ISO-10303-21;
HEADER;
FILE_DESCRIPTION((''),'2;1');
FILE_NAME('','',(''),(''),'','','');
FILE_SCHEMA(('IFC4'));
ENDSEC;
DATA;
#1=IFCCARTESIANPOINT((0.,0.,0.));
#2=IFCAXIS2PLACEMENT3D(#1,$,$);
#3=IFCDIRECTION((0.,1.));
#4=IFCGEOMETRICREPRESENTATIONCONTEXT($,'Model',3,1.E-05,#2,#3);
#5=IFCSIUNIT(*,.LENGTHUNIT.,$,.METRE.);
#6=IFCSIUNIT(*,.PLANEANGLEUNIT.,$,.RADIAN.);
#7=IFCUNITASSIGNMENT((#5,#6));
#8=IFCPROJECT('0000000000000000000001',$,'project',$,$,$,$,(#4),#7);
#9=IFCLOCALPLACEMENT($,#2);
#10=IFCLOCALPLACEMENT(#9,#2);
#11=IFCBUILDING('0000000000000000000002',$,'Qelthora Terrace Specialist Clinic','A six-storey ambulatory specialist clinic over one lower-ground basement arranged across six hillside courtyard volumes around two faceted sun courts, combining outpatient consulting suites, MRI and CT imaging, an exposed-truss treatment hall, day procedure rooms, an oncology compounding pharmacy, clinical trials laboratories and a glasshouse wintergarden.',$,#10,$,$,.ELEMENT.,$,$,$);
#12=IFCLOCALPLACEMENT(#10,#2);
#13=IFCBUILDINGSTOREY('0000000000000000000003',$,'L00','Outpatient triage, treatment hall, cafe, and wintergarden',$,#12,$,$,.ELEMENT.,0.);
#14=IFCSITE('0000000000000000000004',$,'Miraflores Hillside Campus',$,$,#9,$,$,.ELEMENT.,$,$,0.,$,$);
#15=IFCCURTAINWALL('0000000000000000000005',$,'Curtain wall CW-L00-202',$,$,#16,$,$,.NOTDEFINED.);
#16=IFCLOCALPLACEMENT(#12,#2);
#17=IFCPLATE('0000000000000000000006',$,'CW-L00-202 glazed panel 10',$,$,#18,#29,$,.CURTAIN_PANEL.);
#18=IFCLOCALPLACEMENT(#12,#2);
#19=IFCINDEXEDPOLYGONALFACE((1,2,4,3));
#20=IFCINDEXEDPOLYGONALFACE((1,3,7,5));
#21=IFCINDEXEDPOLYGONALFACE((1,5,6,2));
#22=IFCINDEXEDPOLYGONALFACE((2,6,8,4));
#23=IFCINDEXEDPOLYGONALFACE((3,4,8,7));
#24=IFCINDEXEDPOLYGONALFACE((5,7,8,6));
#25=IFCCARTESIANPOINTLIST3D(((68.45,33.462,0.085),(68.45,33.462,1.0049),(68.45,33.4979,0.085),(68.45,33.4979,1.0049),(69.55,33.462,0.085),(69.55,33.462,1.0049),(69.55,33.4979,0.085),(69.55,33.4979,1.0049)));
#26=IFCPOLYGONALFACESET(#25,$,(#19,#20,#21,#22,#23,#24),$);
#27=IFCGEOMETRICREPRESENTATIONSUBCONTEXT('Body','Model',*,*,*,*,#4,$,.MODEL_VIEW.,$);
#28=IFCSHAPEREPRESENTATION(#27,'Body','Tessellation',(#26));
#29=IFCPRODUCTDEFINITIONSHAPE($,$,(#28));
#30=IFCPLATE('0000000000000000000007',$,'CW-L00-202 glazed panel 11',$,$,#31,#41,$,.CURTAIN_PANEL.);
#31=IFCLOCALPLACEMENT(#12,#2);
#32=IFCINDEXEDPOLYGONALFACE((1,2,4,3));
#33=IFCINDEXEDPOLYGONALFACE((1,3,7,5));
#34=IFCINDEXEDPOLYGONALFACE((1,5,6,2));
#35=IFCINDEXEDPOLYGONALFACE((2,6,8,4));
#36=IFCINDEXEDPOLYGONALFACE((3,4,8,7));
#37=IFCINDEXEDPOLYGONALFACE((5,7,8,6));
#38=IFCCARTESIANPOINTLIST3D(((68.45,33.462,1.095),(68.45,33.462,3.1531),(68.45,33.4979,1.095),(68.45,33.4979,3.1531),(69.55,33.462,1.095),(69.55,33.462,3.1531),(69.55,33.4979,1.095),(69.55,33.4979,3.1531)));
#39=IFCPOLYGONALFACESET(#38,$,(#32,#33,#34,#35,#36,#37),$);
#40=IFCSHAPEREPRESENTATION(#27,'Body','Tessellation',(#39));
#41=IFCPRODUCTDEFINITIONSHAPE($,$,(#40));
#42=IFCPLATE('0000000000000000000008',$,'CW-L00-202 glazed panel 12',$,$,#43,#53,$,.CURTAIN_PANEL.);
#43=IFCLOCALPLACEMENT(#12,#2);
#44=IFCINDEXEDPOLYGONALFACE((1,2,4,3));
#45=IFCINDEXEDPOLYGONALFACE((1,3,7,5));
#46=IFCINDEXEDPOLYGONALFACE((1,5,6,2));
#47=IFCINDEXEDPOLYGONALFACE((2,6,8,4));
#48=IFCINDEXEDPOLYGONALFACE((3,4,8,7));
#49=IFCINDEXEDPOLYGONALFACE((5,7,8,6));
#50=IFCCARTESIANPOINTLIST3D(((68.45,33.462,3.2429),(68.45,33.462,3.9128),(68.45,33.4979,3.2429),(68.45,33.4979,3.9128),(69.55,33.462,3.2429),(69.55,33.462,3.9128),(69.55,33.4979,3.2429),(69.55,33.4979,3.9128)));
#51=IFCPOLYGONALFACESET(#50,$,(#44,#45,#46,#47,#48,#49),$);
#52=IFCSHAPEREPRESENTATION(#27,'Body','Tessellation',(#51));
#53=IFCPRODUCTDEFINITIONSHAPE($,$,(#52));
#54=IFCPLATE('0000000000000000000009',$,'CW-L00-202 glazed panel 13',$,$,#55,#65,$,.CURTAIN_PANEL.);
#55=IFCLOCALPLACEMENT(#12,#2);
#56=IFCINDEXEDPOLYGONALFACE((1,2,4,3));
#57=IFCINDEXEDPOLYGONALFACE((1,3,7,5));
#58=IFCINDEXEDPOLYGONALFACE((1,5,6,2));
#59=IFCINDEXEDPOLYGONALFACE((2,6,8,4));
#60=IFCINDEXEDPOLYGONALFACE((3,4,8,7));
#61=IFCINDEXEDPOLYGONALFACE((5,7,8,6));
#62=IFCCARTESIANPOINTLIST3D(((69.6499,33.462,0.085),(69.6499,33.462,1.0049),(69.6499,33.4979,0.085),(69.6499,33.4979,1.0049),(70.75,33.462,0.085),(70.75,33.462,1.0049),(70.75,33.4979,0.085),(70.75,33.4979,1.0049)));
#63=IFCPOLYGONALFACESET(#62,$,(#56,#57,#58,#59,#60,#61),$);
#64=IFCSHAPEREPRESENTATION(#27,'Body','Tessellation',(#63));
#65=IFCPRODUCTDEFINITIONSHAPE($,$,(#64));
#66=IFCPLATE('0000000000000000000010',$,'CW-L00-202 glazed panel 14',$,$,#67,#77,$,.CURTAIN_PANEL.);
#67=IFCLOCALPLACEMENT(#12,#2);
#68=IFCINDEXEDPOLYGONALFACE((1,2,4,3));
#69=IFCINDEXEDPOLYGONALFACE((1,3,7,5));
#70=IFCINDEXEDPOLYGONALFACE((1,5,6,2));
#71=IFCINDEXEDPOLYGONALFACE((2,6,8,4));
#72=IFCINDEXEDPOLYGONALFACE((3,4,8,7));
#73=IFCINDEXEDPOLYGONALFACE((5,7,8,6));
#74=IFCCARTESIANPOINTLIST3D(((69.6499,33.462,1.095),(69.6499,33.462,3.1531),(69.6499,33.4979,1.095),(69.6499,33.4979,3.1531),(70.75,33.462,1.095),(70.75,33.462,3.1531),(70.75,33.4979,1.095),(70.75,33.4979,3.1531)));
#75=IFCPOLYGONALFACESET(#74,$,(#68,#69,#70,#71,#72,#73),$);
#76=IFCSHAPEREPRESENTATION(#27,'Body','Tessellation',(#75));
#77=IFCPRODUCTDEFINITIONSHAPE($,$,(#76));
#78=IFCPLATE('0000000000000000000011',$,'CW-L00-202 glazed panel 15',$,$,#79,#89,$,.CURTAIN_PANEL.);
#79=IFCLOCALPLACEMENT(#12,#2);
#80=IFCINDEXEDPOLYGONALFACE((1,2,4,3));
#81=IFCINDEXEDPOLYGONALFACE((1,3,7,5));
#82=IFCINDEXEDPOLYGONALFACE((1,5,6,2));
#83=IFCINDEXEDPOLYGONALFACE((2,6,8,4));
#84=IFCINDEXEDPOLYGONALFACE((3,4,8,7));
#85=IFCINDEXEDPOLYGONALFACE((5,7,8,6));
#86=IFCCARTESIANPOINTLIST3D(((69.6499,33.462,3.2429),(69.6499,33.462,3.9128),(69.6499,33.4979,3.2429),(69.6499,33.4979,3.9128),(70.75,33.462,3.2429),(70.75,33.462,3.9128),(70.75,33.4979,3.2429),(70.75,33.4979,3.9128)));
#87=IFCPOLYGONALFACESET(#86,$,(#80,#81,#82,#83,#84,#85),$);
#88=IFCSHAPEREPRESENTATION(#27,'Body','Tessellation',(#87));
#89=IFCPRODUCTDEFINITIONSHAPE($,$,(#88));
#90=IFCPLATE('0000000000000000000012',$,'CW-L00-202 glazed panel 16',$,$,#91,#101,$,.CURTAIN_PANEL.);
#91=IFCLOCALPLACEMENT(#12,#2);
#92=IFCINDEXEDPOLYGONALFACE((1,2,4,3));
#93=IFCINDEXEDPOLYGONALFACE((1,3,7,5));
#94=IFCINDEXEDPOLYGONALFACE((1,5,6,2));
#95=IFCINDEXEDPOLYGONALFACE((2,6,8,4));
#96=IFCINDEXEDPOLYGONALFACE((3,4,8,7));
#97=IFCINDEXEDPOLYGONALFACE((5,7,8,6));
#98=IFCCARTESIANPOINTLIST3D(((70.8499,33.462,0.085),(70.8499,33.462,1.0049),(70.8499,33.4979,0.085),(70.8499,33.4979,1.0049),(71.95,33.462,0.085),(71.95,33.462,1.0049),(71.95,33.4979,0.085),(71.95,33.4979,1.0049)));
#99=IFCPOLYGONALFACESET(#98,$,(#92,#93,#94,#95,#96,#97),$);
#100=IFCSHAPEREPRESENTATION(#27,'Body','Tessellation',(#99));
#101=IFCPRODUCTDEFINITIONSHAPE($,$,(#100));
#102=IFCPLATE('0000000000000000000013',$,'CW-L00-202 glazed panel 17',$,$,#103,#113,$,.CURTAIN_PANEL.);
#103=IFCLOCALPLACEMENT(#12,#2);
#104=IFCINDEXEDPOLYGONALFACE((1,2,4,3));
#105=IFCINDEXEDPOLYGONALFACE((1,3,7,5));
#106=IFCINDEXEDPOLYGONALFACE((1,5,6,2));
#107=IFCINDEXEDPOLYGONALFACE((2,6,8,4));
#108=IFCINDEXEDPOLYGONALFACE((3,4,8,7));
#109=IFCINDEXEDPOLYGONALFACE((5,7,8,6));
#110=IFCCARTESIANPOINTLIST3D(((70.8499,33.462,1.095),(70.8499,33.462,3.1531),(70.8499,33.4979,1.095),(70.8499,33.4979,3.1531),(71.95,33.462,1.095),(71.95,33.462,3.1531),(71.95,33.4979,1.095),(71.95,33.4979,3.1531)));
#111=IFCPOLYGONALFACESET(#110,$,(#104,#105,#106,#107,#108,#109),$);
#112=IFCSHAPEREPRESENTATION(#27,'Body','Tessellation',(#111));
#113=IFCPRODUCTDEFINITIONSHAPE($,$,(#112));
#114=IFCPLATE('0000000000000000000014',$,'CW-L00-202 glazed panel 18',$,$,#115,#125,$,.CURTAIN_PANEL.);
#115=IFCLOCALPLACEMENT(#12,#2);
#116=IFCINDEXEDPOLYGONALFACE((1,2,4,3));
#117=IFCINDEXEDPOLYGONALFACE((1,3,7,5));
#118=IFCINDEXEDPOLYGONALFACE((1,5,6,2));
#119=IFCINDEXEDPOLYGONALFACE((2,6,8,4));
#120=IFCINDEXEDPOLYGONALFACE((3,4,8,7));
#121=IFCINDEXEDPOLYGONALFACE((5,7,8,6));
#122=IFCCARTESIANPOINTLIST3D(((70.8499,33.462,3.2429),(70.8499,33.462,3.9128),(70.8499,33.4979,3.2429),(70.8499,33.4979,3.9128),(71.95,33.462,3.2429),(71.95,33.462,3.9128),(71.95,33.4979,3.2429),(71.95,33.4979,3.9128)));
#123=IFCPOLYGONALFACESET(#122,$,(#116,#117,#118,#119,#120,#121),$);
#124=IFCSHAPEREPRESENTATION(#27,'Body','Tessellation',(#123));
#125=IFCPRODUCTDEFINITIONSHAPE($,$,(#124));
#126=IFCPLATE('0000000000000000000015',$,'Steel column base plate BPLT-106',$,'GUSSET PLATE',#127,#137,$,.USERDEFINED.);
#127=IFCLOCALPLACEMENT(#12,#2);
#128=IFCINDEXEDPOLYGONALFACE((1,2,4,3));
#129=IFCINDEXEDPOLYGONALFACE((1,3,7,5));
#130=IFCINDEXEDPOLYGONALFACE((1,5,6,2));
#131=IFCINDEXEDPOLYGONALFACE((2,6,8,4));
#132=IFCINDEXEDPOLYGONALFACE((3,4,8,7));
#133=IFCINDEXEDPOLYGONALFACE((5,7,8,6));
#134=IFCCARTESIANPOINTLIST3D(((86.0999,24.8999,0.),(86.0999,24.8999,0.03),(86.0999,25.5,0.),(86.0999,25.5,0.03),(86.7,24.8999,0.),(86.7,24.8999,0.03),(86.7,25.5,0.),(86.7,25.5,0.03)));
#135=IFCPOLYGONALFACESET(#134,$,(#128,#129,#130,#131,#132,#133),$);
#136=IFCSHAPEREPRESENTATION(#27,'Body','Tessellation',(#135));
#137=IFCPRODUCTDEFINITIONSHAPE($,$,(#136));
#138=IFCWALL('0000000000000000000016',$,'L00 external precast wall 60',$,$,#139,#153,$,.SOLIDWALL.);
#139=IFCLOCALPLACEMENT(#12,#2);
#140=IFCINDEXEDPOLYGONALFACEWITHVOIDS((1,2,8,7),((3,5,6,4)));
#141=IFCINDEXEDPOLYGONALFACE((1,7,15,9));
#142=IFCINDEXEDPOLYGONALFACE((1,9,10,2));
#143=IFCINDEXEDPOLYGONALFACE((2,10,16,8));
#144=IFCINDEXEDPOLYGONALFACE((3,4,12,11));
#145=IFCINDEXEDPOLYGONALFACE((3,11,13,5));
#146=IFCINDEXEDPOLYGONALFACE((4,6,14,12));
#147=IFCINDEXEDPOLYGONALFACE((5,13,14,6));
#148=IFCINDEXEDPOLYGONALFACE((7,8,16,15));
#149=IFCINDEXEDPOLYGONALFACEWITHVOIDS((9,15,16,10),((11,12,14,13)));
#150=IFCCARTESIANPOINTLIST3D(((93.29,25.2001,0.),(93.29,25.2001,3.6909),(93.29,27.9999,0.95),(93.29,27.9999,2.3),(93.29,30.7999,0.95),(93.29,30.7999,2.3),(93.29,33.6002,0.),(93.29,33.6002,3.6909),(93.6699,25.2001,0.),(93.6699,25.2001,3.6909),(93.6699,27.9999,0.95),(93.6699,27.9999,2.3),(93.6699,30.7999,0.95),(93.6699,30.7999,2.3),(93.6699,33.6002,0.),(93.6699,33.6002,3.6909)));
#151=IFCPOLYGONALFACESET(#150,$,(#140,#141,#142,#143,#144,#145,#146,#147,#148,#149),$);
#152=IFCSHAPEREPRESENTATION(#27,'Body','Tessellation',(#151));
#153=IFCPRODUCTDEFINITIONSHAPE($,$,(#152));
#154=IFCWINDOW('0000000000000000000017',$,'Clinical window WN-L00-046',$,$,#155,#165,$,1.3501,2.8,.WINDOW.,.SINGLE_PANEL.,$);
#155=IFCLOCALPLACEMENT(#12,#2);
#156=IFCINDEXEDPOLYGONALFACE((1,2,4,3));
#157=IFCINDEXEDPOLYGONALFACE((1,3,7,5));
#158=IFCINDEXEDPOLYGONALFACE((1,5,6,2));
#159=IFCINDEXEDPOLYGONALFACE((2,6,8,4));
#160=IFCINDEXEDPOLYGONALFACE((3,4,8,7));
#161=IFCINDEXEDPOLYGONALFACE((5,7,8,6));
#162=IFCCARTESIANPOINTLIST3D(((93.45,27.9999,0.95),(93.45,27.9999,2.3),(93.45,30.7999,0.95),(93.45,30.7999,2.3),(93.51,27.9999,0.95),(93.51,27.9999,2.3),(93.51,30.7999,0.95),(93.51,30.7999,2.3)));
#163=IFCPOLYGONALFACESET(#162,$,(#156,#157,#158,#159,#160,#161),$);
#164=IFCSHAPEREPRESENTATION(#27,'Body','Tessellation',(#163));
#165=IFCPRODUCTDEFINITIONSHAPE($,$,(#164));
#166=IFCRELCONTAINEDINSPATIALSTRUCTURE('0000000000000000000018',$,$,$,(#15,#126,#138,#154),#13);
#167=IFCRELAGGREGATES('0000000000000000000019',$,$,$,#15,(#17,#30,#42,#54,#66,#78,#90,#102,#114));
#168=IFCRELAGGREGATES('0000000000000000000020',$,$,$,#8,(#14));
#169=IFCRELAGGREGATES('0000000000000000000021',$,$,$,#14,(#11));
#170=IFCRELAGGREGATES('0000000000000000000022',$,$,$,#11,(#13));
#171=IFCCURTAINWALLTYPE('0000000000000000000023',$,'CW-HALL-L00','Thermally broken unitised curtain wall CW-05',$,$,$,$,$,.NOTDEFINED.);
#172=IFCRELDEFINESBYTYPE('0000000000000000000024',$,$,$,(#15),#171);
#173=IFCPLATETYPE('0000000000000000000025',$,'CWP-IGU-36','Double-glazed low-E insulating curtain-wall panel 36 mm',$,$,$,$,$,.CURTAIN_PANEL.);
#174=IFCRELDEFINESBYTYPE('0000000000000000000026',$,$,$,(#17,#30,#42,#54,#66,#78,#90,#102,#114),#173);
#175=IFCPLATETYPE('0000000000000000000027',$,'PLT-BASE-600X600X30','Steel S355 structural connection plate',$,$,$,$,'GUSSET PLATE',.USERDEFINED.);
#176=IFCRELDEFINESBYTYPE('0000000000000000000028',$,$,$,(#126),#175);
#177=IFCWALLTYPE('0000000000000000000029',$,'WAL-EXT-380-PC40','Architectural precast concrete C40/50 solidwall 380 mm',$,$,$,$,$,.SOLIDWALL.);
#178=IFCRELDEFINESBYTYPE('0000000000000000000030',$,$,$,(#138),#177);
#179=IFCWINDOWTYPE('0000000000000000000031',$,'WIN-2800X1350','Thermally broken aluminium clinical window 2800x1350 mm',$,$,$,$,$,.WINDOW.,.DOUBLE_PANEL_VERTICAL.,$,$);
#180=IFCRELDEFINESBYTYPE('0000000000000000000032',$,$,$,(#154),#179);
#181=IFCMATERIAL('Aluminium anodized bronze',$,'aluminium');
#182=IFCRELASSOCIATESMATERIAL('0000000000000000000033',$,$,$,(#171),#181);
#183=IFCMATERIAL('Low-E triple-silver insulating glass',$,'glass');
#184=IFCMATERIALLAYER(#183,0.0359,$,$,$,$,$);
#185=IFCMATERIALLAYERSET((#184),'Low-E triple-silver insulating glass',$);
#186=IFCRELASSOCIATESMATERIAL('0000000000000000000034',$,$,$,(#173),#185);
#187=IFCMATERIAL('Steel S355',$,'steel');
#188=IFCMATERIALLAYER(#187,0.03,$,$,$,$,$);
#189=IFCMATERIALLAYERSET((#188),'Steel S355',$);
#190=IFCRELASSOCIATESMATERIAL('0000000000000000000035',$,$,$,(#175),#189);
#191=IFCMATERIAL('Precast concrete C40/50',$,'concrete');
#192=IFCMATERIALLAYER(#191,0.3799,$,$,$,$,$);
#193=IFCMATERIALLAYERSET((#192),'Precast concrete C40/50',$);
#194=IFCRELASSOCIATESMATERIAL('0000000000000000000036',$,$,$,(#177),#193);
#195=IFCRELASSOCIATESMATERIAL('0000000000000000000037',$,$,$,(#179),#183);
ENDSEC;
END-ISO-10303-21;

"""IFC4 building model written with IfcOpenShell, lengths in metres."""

from ifc_helpers import new_model, si_unit, direction, frame, frame_2d, origin, origin_2d, place, context, subcontext, project, spatial, rectangle, extrude, material, layer, layer_set, type_object, element, fill, aggregate, save


model = new_model("IFC4")

# Units and contexts
model_context = context("Model", 3, precision=1e-05, world=origin(), true_north=direction((0.0, 1.0)))
body_context = subcontext(model_context, "Body", "Model", "MODEL_VIEW")
ifc_project = project(units=[si_unit("LENGTHUNIT", "METRE"), si_unit("PLANEANGLEUNIT", "RADIAN")], contexts=[model_context])

# Site, building, storey
site_placement = place(None, origin())
site = spatial("IfcSite", under=ifc_project, at=site_placement, Name="Miraflores Hillside Campus", CompositionType="ELEMENT", RefElevation=0.0)
building_placement = place(site_placement, origin())
building = spatial("IfcBuilding", under=site, at=building_placement, Name="Qelthora Terrace Specialist Clinic", Description="A six-storey ambulatory specialist clinic over one lower-ground basement arranged across six hillside courtyard volumes around two faceted sun courts, combining outpatient consulting suites, MRI and CT imaging, an exposed-truss treatment hall, day procedure rooms, an oncology compounding pharmacy, clinical trials laboratories and a glasshouse wintergarden.", CompositionType="ELEMENT")
storey_placement = place(building_placement, origin())
storey = spatial("IfcBuildingStorey", under=building, at=storey_placement, Name="L00", Description="Outpatient triage, treatment hall, cafe, and wintergarden", CompositionType="ELEMENT", Elevation=0.0)

# Shared definitions
ifc_material_1 = material(Name="Steel S355", Category="steel")

# Curtain wall, plates
ifc_material_2 = material(Name="Aluminium anodized bronze", Category="aluminium")
curtain_wall_type = type_object("IfcCurtainWallType", Name="CW-HALL-L00", Description="Thermally broken unitised curtain wall CW-05", PredefinedType="NOTDEFINED", material=ifc_material_2)
curtain_wall_placement = place(storey_placement, origin())
curtain_wall = element("IfcCurtainWall", 1, at=curtain_wall_placement, inside=storey, type_object=curtain_wall_type, Name="Curtain wall CW-L00-202", PredefinedType="NOTDEFINED")
ifc_material_3 = material(Name="Low-E triple-silver insulating glass", Category="glass")
ifc_layer_1 = layer(ifc_material_3, 0.0359)
ifc_layer_set_1 = layer_set([ifc_layer_1], Name="Low-E triple-silver insulating glass")
plate_type_1 = type_object("IfcPlateType", Name="CWP-IGU-36", Description="Double-glazed low-E insulating curtain-wall panel 36 mm", PredefinedType="CURTAIN_PANEL", material=ifc_layer_set_1)
plate_1_placement = place(storey_placement, frame((69.0, 33.48, 0.085), z_axis=(0.0, 0.0, 1.0), x_axis=(1.0, 0.0, 0.0)))
plate_1 = element("IfcPlate", 2, at=plate_1_placement, type_object=plate_type_1, Name="CW-L00-202 glazed panel 10", PredefinedType="CURTAIN_PANEL", context=body_context, shape_type="SweptSolid", body=[
    extrude(rectangle(XDim=1.1001, YDim=0.0359, at=origin_2d()), origin(), (0.0, 0.0, 1.0), 0.9199),
])
plate_2_placement = place(storey_placement, frame((69.0, 33.48, 1.095), z_axis=(0.0, 0.0, 1.0), x_axis=(1.0, 0.0, 0.0)))
plate_2 = element("IfcPlate", 3, at=plate_2_placement, type_object=plate_type_1, Name="CW-L00-202 glazed panel 11", PredefinedType="CURTAIN_PANEL", context=body_context, shape_type="SweptSolid", body=[
    extrude(rectangle(XDim=1.1001, YDim=0.0359, at=origin_2d()), origin(), (0.0, 0.0, 1.0), 2.0581),
])
plate_3_placement = place(storey_placement, frame((69.0, 33.48, 3.2429), z_axis=(0.0, 0.0, 1.0), x_axis=(1.0, 0.0, 0.0)))
plate_3 = element("IfcPlate", 4, at=plate_3_placement, type_object=plate_type_1, Name="CW-L00-202 glazed panel 12", PredefinedType="CURTAIN_PANEL", context=body_context, shape_type="SweptSolid", body=[
    extrude(rectangle(XDim=1.1001, YDim=0.0359, at=origin_2d()), origin(), (0.0, 0.0, 1.0), 0.6699),
])
plate_4_placement = place(storey_placement, frame((70.2, 33.48, 0.085), z_axis=(0.0, 0.0, 1.0), x_axis=(1.0, 0.0, 0.0)))
plate_4 = element("IfcPlate", 5, at=plate_4_placement, type_object=plate_type_1, Name="CW-L00-202 glazed panel 13", PredefinedType="CURTAIN_PANEL", context=body_context, shape_type="SweptSolid", body=[
    extrude(rectangle(XDim=1.1001, YDim=0.0359, at=origin_2d()), origin(), (0.0, 0.0, 1.0), 0.9199),
])
plate_5_placement = place(storey_placement, frame((70.2, 33.48, 1.095), z_axis=(0.0, 0.0, 1.0), x_axis=(1.0, 0.0, 0.0)))
plate_5 = element("IfcPlate", 6, at=plate_5_placement, type_object=plate_type_1, Name="CW-L00-202 glazed panel 14", PredefinedType="CURTAIN_PANEL", context=body_context, shape_type="SweptSolid", body=[
    extrude(rectangle(XDim=1.1001, YDim=0.0359, at=origin_2d()), origin(), (0.0, 0.0, 1.0), 2.0581),
])
plate_6_placement = place(storey_placement, frame((70.2, 33.48, 3.2429), z_axis=(0.0, 0.0, 1.0), x_axis=(1.0, 0.0, 0.0)))
plate_6 = element("IfcPlate", 7, at=plate_6_placement, type_object=plate_type_1, Name="CW-L00-202 glazed panel 15", PredefinedType="CURTAIN_PANEL", context=body_context, shape_type="SweptSolid", body=[
    extrude(rectangle(XDim=1.1001, YDim=0.0359, at=origin_2d()), origin(), (0.0, 0.0, 1.0), 0.6699),
])
plate_7_placement = place(storey_placement, frame((71.3999, 33.48, 0.085), z_axis=(0.0, 0.0, 1.0), x_axis=(1.0, 0.0, 0.0)))
plate_7 = element("IfcPlate", 8, at=plate_7_placement, type_object=plate_type_1, Name="CW-L00-202 glazed panel 16", PredefinedType="CURTAIN_PANEL", context=body_context, shape_type="SweptSolid", body=[
    extrude(rectangle(XDim=1.1001, YDim=0.0359, at=origin_2d()), origin(), (0.0, 0.0, 1.0), 0.9199),
])
plate_8_placement = place(storey_placement, frame((71.3999, 33.48, 1.095), z_axis=(0.0, 0.0, 1.0), x_axis=(1.0, 0.0, 0.0)))
plate_8 = element("IfcPlate", 9, at=plate_8_placement, type_object=plate_type_1, Name="CW-L00-202 glazed panel 17", PredefinedType="CURTAIN_PANEL", context=body_context, shape_type="SweptSolid", body=[
    extrude(rectangle(XDim=1.1001, YDim=0.0359, at=origin_2d()), origin(), (0.0, 0.0, 1.0), 2.0581),
])
plate_9_placement = place(storey_placement, frame((71.3999, 33.48, 3.2429), z_axis=(0.0, 0.0, 1.0), x_axis=(1.0, 0.0, 0.0)))
plate_9 = element("IfcPlate", 10, at=plate_9_placement, type_object=plate_type_1, Name="CW-L00-202 glazed panel 18", PredefinedType="CURTAIN_PANEL", context=body_context, shape_type="SweptSolid", body=[
    extrude(rectangle(XDim=1.1001, YDim=0.0359, at=origin_2d()), origin(), (0.0, 0.0, 1.0), 0.6699),
])
aggregate(curtain_wall, [plate_1, plate_2, plate_3, plate_4, plate_5, plate_6, plate_7, plate_8, plate_9])

# Plate
ifc_layer_2 = layer(ifc_material_1, 0.03)
ifc_layer_set_2 = layer_set([ifc_layer_2], Name="Steel S355")
plate_type_2 = type_object("IfcPlateType", Name="PLT-BASE-600X600X30", Description="Steel S355 structural connection plate", ElementType="GUSSET PLATE", PredefinedType="USERDEFINED", material=ifc_layer_set_2)
plate_10_placement = place(storey_placement, frame((86.3999, 25.2, 0.0), z_axis=(0.0, 0.0, 1.0), x_axis=(1.0, 0.0, 0.0)))
element("IfcPlate", 11, at=plate_10_placement, inside=storey, type_object=plate_type_2, Name="Steel column base plate BPLT-106", ObjectType="GUSSET PLATE", PredefinedType="USERDEFINED", context=body_context, shape_type="SweptSolid", body=[
    extrude(rectangle(XDim=0.6001, YDim=0.6001, at=origin_2d()), origin(), (0.0, 0.0, 1.0), 0.03),
])

# Wall, opening, window
ifc_material_4 = material(Name="Precast concrete C40/50", Category="concrete")
ifc_layer_3 = layer(ifc_material_4, 0.3799)
ifc_layer_set_3 = layer_set([ifc_layer_3], Name="Precast concrete C40/50")
wall_type_1 = type_object("IfcWallType", Name="WAL-EXT-380-PC40", Description="Architectural precast concrete C40/50 solidwall 380 mm", PredefinedType="SOLIDWALL", material=ifc_layer_set_3)
wall_1_placement = place(storey_placement, frame((93.48, 25.2, 0.0), z_axis=(0.0, 0.0, 1.0), x_axis=(0.0, 1.0, 0.0)))
wall_1 = element("IfcWall", 12, at=wall_1_placement, inside=storey, type_object=wall_type_1, Name="L00 external precast wall 60", PredefinedType="SOLIDWALL", context=body_context, shape_type="SweptSolid", body=[
    extrude(rectangle(XDim=8.4001, YDim=0.3799, at=frame_2d((4.2002, 0.0))), origin(), (0.0, 0.0, 1.0), 3.6909),
])
opening_1_placement = place(wall_1_placement, frame((2.8, 0.0, 0.95)))
opening_1 = element("IfcOpeningElement", 13, at=opening_1_placement, cuts=wall_1, PredefinedType="OPENING", context=body_context, shape_type="SweptSolid", body=[
    extrude(rectangle(XDim=2.8, YDim=1.3501, at=frame_2d((1.3999, 0.675))), frame((0.0, 0.2, 0.0), z_axis=(0.0, -1.0, 0.0), x_axis=(1.0, 0.0, 0.0)), (0.0, 0.0, 1.0), 0.3999),
])
window_type = type_object("IfcWindowType", Name="WIN-2800X1350", Description="Thermally broken aluminium clinical window 2800x1350 mm", PartitioningType="DOUBLE_PANEL_VERTICAL", PredefinedType="WINDOW", material=ifc_material_3)
window_placement = place(opening_1_placement, origin())
window = element("IfcWindow", 14, at=window_placement, inside=storey, type_object=window_type, Name="Clinical window WN-L00-046", OverallHeight=1.3501, OverallWidth=2.8, PartitioningType="SINGLE_PANEL", PredefinedType="WINDOW", context=body_context, shape_type="SweptSolid", body=[
    extrude(rectangle(XDim=2.8, YDim=1.3501, at=frame_2d((1.3999, 0.675))), frame((0.0, 0.03, 0.0), z_axis=(0.0, -1.0, 0.0), x_axis=(1.0, 0.0, 0.0)), (0.0, 0.0, 1.0), 0.0601),
])
fill(opening_1, window)

save(model, "model.ifc")
